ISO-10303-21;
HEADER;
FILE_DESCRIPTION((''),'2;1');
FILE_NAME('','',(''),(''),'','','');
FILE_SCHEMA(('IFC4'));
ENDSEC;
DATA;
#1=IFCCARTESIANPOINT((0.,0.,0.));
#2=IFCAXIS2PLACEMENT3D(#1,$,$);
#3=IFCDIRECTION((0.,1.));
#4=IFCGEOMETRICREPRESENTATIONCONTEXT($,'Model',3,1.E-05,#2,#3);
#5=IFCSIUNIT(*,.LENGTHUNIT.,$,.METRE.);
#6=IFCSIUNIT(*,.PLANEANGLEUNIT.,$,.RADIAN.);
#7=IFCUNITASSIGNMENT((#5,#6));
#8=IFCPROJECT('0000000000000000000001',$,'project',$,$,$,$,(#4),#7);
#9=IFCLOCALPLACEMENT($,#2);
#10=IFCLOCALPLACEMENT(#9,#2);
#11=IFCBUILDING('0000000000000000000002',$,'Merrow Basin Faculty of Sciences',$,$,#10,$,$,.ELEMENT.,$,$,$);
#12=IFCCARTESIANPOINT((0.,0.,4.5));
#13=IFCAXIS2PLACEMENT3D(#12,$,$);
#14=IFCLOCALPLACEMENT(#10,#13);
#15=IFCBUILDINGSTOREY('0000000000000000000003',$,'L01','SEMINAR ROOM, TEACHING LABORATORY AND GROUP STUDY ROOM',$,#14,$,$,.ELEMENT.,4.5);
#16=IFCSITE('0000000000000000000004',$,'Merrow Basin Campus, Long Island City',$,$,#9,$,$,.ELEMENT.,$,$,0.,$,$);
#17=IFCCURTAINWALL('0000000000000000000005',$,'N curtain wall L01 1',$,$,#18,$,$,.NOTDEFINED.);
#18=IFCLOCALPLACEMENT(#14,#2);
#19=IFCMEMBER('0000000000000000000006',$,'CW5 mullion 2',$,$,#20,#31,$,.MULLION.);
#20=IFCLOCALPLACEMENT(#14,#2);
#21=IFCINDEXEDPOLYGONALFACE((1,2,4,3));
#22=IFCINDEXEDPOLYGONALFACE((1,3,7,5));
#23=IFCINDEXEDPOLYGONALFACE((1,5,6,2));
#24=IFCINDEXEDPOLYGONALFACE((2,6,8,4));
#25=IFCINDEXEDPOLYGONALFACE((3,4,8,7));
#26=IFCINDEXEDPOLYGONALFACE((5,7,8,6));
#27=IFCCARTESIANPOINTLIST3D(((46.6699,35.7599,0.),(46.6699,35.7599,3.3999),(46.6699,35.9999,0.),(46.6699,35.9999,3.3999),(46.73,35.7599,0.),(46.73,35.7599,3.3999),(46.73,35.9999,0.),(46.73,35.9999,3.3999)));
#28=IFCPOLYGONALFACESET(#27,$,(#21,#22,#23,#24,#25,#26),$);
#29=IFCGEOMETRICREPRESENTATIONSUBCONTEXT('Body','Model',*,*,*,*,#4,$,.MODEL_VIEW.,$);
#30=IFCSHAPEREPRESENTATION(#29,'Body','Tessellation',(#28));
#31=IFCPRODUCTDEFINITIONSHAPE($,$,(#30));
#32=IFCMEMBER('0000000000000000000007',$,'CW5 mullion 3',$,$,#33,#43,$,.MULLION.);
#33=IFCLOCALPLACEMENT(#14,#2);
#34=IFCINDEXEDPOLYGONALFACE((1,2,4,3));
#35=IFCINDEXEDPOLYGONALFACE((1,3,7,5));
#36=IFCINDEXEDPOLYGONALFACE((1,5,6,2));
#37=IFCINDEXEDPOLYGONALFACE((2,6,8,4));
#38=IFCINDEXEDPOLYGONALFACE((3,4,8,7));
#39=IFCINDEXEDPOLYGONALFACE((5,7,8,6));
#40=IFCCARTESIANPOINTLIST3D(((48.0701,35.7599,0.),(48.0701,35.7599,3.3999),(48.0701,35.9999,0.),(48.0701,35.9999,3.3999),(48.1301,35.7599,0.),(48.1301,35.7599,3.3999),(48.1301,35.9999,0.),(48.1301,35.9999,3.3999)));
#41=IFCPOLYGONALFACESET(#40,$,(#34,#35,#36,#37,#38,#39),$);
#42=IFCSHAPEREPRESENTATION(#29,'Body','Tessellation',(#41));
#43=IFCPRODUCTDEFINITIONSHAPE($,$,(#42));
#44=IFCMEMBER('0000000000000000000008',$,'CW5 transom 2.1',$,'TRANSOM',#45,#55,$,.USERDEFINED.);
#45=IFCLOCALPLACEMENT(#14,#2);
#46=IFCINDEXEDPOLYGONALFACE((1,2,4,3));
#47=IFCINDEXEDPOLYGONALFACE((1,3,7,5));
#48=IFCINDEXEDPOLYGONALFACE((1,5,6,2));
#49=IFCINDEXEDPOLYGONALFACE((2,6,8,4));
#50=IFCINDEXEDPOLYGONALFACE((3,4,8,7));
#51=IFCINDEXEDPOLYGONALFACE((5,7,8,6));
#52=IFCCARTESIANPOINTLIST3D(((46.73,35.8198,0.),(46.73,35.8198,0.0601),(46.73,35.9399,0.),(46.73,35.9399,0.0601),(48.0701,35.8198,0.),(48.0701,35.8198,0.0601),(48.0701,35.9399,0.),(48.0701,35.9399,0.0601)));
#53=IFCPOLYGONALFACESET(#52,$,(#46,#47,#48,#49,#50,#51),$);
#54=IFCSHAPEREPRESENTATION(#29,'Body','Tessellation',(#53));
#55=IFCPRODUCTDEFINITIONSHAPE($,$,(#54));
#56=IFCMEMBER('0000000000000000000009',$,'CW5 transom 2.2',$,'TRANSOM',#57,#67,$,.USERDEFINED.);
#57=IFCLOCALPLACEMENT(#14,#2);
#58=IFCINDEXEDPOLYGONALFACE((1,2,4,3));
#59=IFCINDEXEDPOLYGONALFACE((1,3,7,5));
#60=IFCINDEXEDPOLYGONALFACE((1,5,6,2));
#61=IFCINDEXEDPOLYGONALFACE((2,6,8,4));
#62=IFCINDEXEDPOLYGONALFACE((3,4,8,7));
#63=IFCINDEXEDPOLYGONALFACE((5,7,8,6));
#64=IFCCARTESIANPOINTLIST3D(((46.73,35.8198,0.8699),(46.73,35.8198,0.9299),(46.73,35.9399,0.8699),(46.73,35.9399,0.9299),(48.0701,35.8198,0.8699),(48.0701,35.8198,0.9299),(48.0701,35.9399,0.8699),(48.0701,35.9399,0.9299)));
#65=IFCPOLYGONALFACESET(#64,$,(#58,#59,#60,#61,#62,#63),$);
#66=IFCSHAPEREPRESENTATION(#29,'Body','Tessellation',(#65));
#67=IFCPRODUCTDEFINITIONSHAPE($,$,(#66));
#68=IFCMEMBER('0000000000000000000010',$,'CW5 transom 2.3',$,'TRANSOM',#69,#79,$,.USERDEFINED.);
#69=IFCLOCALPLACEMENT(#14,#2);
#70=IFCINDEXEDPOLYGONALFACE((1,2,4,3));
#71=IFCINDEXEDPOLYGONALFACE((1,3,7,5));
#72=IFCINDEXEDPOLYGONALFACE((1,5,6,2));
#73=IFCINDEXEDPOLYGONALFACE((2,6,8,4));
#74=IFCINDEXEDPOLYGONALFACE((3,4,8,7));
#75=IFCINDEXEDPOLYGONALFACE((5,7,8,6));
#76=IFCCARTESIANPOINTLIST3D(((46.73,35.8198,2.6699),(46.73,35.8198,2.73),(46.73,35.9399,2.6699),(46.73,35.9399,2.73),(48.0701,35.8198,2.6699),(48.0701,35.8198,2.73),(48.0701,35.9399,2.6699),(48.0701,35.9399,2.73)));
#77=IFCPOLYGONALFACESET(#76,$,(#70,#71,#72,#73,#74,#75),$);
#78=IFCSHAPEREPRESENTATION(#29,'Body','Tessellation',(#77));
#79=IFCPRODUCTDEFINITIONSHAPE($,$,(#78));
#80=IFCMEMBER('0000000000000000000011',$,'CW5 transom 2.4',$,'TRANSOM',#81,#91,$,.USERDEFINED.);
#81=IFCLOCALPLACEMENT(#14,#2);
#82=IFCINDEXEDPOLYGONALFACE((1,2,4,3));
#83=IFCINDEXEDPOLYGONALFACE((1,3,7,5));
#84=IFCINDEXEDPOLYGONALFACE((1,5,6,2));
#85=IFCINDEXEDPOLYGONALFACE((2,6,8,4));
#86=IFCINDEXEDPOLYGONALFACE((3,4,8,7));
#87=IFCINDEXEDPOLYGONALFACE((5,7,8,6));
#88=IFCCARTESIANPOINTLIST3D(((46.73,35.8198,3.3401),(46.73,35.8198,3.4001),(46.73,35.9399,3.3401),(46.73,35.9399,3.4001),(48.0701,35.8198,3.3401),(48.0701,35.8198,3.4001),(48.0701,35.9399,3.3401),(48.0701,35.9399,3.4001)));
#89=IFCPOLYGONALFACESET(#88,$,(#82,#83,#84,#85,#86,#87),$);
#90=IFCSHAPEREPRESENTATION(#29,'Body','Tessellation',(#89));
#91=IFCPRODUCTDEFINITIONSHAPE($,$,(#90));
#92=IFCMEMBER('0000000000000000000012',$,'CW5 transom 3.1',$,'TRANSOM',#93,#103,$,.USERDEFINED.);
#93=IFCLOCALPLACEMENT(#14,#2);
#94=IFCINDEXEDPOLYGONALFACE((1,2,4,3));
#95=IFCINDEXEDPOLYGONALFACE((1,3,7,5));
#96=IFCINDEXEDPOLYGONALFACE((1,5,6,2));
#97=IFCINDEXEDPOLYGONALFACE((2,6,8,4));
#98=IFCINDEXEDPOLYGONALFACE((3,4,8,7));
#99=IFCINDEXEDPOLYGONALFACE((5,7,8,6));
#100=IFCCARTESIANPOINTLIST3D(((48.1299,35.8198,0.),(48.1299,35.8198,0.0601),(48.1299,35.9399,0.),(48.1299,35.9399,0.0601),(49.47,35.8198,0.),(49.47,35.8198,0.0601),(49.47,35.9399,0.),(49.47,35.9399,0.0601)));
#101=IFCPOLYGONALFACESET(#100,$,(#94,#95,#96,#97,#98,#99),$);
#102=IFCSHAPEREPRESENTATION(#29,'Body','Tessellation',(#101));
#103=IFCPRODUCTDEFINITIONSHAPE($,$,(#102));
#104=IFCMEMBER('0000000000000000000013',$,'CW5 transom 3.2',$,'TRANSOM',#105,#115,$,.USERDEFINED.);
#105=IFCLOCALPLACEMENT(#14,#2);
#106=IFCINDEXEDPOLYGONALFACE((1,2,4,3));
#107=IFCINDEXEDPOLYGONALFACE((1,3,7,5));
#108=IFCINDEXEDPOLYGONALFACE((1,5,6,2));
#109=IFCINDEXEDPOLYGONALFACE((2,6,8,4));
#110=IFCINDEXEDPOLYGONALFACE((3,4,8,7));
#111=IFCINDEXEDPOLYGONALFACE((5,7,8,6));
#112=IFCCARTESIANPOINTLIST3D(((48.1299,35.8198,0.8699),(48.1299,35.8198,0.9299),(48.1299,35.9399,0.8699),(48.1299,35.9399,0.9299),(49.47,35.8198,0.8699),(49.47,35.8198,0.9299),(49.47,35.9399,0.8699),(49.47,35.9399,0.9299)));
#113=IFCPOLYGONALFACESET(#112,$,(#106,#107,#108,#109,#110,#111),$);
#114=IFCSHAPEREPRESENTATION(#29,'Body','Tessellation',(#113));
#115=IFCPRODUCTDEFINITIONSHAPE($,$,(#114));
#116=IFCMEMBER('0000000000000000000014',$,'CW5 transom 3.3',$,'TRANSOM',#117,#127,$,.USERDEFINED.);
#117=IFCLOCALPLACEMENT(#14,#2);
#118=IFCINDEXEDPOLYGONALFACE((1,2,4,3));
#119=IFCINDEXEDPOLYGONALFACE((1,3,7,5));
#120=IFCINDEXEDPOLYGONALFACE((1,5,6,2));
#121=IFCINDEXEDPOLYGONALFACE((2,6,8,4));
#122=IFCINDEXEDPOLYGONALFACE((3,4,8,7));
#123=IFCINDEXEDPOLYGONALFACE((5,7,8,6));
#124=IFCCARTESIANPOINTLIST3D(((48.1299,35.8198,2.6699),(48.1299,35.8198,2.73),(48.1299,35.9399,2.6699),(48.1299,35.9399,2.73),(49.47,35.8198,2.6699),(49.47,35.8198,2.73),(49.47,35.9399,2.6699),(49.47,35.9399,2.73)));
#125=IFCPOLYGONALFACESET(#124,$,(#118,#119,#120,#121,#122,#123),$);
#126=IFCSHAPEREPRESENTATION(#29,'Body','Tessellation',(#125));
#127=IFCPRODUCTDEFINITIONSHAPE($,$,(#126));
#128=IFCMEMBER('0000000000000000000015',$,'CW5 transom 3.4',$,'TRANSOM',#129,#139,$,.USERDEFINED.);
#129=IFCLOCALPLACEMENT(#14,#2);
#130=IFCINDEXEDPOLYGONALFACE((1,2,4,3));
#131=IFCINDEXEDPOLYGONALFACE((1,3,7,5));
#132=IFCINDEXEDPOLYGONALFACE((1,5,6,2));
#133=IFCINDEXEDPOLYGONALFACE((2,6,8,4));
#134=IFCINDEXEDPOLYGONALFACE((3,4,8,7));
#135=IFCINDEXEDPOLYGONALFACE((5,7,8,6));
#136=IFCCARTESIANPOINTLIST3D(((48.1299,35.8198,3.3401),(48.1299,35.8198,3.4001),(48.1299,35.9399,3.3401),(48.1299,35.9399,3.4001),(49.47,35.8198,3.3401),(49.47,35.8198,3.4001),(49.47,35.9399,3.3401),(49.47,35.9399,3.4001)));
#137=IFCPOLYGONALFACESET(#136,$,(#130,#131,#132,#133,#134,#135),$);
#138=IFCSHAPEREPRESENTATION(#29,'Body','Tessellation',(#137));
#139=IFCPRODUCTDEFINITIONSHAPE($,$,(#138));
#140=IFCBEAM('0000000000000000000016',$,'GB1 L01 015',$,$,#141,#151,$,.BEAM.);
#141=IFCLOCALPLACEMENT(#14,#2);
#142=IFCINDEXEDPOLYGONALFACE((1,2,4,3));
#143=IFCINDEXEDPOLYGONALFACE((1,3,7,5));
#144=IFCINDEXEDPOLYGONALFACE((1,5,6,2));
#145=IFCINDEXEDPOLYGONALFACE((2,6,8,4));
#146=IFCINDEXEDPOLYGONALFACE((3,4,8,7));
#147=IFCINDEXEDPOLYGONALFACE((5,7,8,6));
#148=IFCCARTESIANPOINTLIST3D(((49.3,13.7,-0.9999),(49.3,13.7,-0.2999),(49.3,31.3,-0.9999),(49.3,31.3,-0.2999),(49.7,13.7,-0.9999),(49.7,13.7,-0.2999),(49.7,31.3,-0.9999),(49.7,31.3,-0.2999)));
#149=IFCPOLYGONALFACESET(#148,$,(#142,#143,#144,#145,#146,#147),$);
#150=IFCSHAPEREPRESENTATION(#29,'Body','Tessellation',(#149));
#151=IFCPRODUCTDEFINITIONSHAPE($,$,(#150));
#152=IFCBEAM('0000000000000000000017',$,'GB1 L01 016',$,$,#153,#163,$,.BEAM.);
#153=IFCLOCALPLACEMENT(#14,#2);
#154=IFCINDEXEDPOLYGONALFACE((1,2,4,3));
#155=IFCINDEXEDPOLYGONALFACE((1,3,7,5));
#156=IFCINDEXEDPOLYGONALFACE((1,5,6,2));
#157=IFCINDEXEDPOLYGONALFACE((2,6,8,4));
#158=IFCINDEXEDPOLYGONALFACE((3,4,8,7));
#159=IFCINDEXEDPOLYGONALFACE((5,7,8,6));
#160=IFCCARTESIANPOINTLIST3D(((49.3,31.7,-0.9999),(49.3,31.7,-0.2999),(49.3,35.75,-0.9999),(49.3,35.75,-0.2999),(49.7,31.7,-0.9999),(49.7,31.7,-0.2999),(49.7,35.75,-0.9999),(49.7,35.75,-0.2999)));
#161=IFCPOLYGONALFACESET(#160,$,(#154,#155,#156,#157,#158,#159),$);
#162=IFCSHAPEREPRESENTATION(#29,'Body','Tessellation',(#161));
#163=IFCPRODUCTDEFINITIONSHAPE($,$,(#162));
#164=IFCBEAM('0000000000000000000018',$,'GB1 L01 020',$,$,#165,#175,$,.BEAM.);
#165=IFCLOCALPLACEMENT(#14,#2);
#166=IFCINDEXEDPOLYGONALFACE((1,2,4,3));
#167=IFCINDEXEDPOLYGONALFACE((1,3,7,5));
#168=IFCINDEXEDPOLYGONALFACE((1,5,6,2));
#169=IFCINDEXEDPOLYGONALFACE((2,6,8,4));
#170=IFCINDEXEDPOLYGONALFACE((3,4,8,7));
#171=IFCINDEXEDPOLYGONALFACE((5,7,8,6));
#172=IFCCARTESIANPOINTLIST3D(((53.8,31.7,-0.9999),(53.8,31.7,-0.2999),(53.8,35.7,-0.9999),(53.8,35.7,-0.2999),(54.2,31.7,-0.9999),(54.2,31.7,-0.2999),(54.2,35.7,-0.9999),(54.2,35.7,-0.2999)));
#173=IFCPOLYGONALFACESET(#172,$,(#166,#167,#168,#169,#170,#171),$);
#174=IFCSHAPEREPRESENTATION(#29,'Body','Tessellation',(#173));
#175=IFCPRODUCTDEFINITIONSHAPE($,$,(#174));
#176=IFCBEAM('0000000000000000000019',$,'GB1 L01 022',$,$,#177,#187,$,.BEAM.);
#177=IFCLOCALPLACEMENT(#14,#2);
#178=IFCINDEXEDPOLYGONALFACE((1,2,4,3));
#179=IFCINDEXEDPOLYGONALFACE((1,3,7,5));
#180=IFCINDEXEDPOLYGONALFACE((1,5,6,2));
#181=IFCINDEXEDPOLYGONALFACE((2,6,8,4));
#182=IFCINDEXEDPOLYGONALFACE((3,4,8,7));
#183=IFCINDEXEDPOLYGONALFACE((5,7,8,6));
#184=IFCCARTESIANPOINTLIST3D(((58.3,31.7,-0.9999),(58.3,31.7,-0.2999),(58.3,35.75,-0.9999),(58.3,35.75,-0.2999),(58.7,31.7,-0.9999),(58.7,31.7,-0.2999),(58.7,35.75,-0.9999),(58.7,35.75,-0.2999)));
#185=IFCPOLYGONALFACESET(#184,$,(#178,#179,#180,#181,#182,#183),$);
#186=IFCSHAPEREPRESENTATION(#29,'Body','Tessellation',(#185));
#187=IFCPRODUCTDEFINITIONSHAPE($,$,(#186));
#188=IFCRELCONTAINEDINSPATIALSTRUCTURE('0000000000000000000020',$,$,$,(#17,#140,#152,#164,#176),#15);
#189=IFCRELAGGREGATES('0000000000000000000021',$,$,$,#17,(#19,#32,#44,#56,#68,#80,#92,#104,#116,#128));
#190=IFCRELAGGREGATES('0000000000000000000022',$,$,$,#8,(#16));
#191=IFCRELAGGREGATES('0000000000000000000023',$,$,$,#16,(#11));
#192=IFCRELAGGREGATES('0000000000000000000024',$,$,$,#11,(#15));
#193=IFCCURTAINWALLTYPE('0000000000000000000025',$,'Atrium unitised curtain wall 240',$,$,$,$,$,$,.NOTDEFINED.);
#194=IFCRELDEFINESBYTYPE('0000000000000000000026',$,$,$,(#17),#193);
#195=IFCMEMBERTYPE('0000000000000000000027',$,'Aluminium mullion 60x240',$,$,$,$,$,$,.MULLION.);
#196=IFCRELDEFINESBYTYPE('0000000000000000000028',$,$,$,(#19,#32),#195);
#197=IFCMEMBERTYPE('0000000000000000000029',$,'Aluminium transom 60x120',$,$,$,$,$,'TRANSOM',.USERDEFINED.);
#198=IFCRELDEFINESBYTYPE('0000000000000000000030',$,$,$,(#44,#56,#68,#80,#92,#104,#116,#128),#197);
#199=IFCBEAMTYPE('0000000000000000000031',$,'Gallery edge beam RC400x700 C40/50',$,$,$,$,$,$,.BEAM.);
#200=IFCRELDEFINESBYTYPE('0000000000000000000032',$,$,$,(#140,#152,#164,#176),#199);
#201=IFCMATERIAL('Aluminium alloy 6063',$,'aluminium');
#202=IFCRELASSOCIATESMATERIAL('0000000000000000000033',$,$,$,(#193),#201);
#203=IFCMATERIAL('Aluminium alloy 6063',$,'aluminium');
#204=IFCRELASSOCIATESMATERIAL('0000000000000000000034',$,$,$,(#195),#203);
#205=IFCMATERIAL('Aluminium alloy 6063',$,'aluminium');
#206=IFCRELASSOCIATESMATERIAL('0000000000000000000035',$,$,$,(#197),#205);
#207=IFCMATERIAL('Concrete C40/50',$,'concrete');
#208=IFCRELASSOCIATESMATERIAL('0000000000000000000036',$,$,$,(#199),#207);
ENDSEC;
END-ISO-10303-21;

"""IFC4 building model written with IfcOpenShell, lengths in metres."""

from ifc_helpers import new_model, si_unit, direction, frame, origin, origin_2d, place, context, subcontext, project, spatial, rectangle, extrude, material, material_profile, profile_set, type_object, element, aggregate, save


model = new_model("IFC4")

# Units and contexts
model_context = context("Model", 3, precision=1e-05, world=origin(), true_north=direction((0.0, 1.0)))
body_context = subcontext(model_context, "Body", "Model", "MODEL_VIEW")
ifc_project = project(units=[si_unit("LENGTHUNIT", "METRE"), si_unit("PLANEANGLEUNIT", "RADIAN")], contexts=[model_context])

# Site, building, storey
site_placement = place(None, origin())
site = spatial("IfcSite", under=ifc_project, at=site_placement, Name="Merrow Basin Campus, Long Island City", CompositionType="ELEMENT", RefElevation=0.0)
building_placement = place(site_placement, origin())
building = spatial("IfcBuilding", under=site, at=building_placement, Name="Merrow Basin Faculty of Sciences", CompositionType="ELEMENT")
storey_placement = place(building_placement, frame((0.0, 0.0, 4.5)))
storey = spatial("IfcBuildingStorey", under=building, at=storey_placement, Name="L01", Description="SEMINAR ROOM, TEACHING LABORATORY AND GROUP STUDY ROOM", CompositionType="ELEMENT", Elevation=4.5)

# Curtain wall, members
ifc_material_1 = material(Name="Aluminium alloy 6063", Category="aluminium")
curtain_wall_type = type_object("IfcCurtainWallType", Name="Atrium unitised curtain wall 240", PredefinedType="NOTDEFINED", material=ifc_material_1)
curtain_wall_placement = place(storey_placement, origin())
curtain_wall = element("IfcCurtainWall", 1, at=curtain_wall_placement, inside=storey, type_object=curtain_wall_type, Name="N curtain wall L01 1", PredefinedType="NOTDEFINED")
ifc_material_2 = material(Name="Aluminium alloy 6063", Category="aluminium")
ifc_material_profile_1 = material_profile(ifc_material_2, rectangle(XDim=0.24, YDim=0.0601, at=origin_2d()))
ifc_profile_set_1 = profile_set([ifc_material_profile_1], Name="Aluminium alloy 6063")
member_type_1 = type_object("IfcMemberType", Name="Aluminium mullion 60x240", PredefinedType="MULLION", material=ifc_profile_set_1)
member_1_placement = place(storey_placement, frame((46.7, 35.8799, 0.0), z_axis=(0.0, 0.0, 1.0), x_axis=(0.0, 1.0, 0.0)))
member_1 = element("IfcMember", 2, at=member_1_placement, type_object=member_type_1, Name="CW5 mullion 2", PredefinedType="MULLION", context=body_context, shape_type="SweptSolid", body=[
    extrude(rectangle(XDim=0.24, YDim=0.0601, at=origin_2d()), origin(), (0.0, 0.0, 1.0), 3.3999),
])
member_2_placement = place(storey_placement, frame((48.1001, 35.8799, 0.0), z_axis=(0.0, 0.0, 1.0), x_axis=(0.0, 1.0, 0.0)))
member_2 = element("IfcMember", 3, at=member_2_placement, type_object=member_type_1, Name="CW5 mullion 3", PredefinedType="MULLION", context=body_context, shape_type="SweptSolid", body=[
    extrude(rectangle(XDim=0.24, YDim=0.0601, at=origin_2d()), origin(), (0.0, 0.0, 1.0), 3.3999),
])
ifc_material_3 = material(Name="Aluminium alloy 6063", Category="aluminium")
ifc_material_profile_2 = material_profile(ifc_material_3, rectangle(XDim=0.1201, YDim=0.0601, at=origin_2d()))
ifc_profile_set_2 = profile_set([ifc_material_profile_2], Name="Aluminium alloy 6063")
member_type_2 = type_object("IfcMemberType", Name="Aluminium transom 60x120", ElementType="TRANSOM", PredefinedType="USERDEFINED", material=ifc_profile_set_2)
member_3_placement = place(storey_placement, frame((46.73, 35.8799, 0.03), z_axis=(1.0, 0.0, 0.0), x_axis=(0.0, 1.0, 0.0)))
member_3 = element("IfcMember", 4, at=member_3_placement, type_object=member_type_2, Name="CW5 transom 2.1", ObjectType="TRANSOM", PredefinedType="USERDEFINED", context=body_context, shape_type="SweptSolid", body=[
    extrude(rectangle(XDim=0.1201, YDim=0.0601, at=origin_2d()), origin(), (0.0, 0.0, 1.0), 1.3401),
])
member_4_placement = place(storey_placement, frame((46.73, 35.8799, 0.8999), z_axis=(1.0, 0.0, 0.0), x_axis=(0.0, 1.0, 0.0)))
member_4 = element("IfcMember", 5, at=member_4_placement, type_object=member_type_2, Name="CW5 transom 2.2", ObjectType="TRANSOM", PredefinedType="USERDEFINED", context=body_context, shape_type="SweptSolid", body=[
    extrude(rectangle(XDim=0.1201, YDim=0.0601, at=origin_2d()), origin(), (0.0, 0.0, 1.0), 1.3401),
])
member_5_placement = place(storey_placement, frame((46.73, 35.8799, 2.7), z_axis=(1.0, 0.0, 0.0), x_axis=(0.0, 1.0, 0.0)))
member_5 = element("IfcMember", 6, at=member_5_placement, type_object=member_type_2, Name="CW5 transom 2.3", ObjectType="TRANSOM", PredefinedType="USERDEFINED", context=body_context, shape_type="SweptSolid", body=[
    extrude(rectangle(XDim=0.1201, YDim=0.0601, at=origin_2d()), origin(), (0.0, 0.0, 1.0), 1.3401),
])
member_6_placement = place(storey_placement, frame((46.73, 35.8799, 3.3701), z_axis=(1.0, 0.0, 0.0), x_axis=(0.0, 1.0, 0.0)))
member_6 = element("IfcMember", 7, at=member_6_placement, type_object=member_type_2, Name="CW5 transom 2.4", ObjectType="TRANSOM", PredefinedType="USERDEFINED", context=body_context, shape_type="SweptSolid", body=[
    extrude(rectangle(XDim=0.1201, YDim=0.0601, at=origin_2d()), origin(), (0.0, 0.0, 1.0), 1.3401),
])
member_7_placement = place(storey_placement, frame((48.1299, 35.8799, 0.03), z_axis=(1.0, 0.0, 0.0), x_axis=(0.0, 1.0, 0.0)))
member_7 = element("IfcMember", 8, at=member_7_placement, type_object=member_type_2, Name="CW5 transom 3.1", ObjectType="TRANSOM", PredefinedType="USERDEFINED", context=body_context, shape_type="SweptSolid", body=[
    extrude(rectangle(XDim=0.1201, YDim=0.0601, at=origin_2d()), origin(), (0.0, 0.0, 1.0), 1.3401),
])
member_8_placement = place(storey_placement, frame((48.1299, 35.8799, 0.8999), z_axis=(1.0, 0.0, 0.0), x_axis=(0.0, 1.0, 0.0)))
member_8 = element("IfcMember", 9, at=member_8_placement, type_object=member_type_2, Name="CW5 transom 3.2", ObjectType="TRANSOM", PredefinedType="USERDEFINED", context=body_context, shape_type="SweptSolid", body=[
    extrude(rectangle(XDim=0.1201, YDim=0.0601, at=origin_2d()), origin(), (0.0, 0.0, 1.0), 1.3401),
])
member_9_placement = place(storey_placement, frame((48.1299, 35.8799, 2.7), z_axis=(1.0, 0.0, 0.0), x_axis=(0.0, 1.0, 0.0)))
member_9 = element("IfcMember", 10, at=member_9_placement, type_object=member_type_2, Name="CW5 transom 3.3", ObjectType="TRANSOM", PredefinedType="USERDEFINED", context=body_context, shape_type="SweptSolid", body=[
    extrude(rectangle(XDim=0.1201, YDim=0.0601, at=origin_2d()), origin(), (0.0, 0.0, 1.0), 1.3401),
])
member_10_placement = place(storey_placement, frame((48.1299, 35.8799, 3.3701), z_axis=(1.0, 0.0, 0.0), x_axis=(0.0, 1.0, 0.0)))
member_10 = element("IfcMember", 11, at=member_10_placement, type_object=member_type_2, Name="CW5 transom 3.4", ObjectType="TRANSOM", PredefinedType="USERDEFINED", context=body_context, shape_type="SweptSolid", body=[
    extrude(rectangle(XDim=0.1201, YDim=0.0601, at=origin_2d()), origin(), (0.0, 0.0, 1.0), 1.3401),
])

# Beams
ifc_material_4 = material(Name="Concrete C40/50", Category="concrete")
ifc_material_profile_3 = material_profile(ifc_material_4, rectangle(XDim=0.3999, YDim=0.7, at=origin_2d()))
ifc_profile_set_3 = profile_set([ifc_material_profile_3], Name="Concrete C40/50")
beam_type = type_object("IfcBeamType", Name="Gallery edge beam RC400x700 C40/50", PredefinedType="BEAM", material=ifc_profile_set_3)
beam_1_placement = place(storey_placement, frame((49.5, 13.7, -0.6499), z_axis=(0.0, 1.0, 0.0), x_axis=(-1.0, 0.0, 0.0)))
element("IfcBeam", 12, at=beam_1_placement, inside=storey, type_object=beam_type, Name="GB1 L01 015", PredefinedType="BEAM", context=body_context, shape_type="SweptSolid", body=[
    extrude(rectangle(XDim=0.3999, YDim=0.7, at=origin_2d()), origin(), (0.0, 0.0, 1.0), 17.6001),
])
beam_2_placement = place(storey_placement, frame((49.5, 31.7, -0.6499), z_axis=(0.0, 1.0, 0.0), x_axis=(-1.0, 0.0, 0.0)))
element("IfcBeam", 13, at=beam_2_placement, inside=storey, type_object=beam_type, Name="GB1 L01 016", PredefinedType="BEAM", context=body_context, shape_type="SweptSolid", body=[
    extrude(rectangle(XDim=0.3999, YDim=0.7, at=origin_2d()), origin(), (0.0, 0.0, 1.0), 4.05),
])
beam_3_placement = place(storey_placement, frame((54.0, 31.7, -0.6499), z_axis=(0.0, 1.0, 0.0), x_axis=(-1.0, 0.0, 0.0)))
element("IfcBeam", 14, at=beam_3_placement, inside=storey, type_object=beam_type, Name="GB1 L01 020", PredefinedType="BEAM", context=body_context, shape_type="SweptSolid", body=[
    extrude(rectangle(XDim=0.3999, YDim=0.7, at=origin_2d()), origin(), (0.0, 0.0, 1.0), 4.0),
])
beam_4_placement = place(storey_placement, frame((58.5, 31.7, -0.6499), z_axis=(0.0, 1.0, 0.0), x_axis=(-1.0, 0.0, 0.0)))
element("IfcBeam", 15, at=beam_4_placement, inside=storey, type_object=beam_type, Name="GB1 L01 022", PredefinedType="BEAM", context=body_context, shape_type="SweptSolid", body=[
    extrude(rectangle(XDim=0.3999, YDim=0.7, at=origin_2d()), origin(), (0.0, 0.0, 1.0), 4.05),
])

aggregate(curtain_wall, [member_1, member_2, member_3, member_4, member_5, member_6, member_7, member_8, member_9, member_10])

save(model, "model.ifc")
